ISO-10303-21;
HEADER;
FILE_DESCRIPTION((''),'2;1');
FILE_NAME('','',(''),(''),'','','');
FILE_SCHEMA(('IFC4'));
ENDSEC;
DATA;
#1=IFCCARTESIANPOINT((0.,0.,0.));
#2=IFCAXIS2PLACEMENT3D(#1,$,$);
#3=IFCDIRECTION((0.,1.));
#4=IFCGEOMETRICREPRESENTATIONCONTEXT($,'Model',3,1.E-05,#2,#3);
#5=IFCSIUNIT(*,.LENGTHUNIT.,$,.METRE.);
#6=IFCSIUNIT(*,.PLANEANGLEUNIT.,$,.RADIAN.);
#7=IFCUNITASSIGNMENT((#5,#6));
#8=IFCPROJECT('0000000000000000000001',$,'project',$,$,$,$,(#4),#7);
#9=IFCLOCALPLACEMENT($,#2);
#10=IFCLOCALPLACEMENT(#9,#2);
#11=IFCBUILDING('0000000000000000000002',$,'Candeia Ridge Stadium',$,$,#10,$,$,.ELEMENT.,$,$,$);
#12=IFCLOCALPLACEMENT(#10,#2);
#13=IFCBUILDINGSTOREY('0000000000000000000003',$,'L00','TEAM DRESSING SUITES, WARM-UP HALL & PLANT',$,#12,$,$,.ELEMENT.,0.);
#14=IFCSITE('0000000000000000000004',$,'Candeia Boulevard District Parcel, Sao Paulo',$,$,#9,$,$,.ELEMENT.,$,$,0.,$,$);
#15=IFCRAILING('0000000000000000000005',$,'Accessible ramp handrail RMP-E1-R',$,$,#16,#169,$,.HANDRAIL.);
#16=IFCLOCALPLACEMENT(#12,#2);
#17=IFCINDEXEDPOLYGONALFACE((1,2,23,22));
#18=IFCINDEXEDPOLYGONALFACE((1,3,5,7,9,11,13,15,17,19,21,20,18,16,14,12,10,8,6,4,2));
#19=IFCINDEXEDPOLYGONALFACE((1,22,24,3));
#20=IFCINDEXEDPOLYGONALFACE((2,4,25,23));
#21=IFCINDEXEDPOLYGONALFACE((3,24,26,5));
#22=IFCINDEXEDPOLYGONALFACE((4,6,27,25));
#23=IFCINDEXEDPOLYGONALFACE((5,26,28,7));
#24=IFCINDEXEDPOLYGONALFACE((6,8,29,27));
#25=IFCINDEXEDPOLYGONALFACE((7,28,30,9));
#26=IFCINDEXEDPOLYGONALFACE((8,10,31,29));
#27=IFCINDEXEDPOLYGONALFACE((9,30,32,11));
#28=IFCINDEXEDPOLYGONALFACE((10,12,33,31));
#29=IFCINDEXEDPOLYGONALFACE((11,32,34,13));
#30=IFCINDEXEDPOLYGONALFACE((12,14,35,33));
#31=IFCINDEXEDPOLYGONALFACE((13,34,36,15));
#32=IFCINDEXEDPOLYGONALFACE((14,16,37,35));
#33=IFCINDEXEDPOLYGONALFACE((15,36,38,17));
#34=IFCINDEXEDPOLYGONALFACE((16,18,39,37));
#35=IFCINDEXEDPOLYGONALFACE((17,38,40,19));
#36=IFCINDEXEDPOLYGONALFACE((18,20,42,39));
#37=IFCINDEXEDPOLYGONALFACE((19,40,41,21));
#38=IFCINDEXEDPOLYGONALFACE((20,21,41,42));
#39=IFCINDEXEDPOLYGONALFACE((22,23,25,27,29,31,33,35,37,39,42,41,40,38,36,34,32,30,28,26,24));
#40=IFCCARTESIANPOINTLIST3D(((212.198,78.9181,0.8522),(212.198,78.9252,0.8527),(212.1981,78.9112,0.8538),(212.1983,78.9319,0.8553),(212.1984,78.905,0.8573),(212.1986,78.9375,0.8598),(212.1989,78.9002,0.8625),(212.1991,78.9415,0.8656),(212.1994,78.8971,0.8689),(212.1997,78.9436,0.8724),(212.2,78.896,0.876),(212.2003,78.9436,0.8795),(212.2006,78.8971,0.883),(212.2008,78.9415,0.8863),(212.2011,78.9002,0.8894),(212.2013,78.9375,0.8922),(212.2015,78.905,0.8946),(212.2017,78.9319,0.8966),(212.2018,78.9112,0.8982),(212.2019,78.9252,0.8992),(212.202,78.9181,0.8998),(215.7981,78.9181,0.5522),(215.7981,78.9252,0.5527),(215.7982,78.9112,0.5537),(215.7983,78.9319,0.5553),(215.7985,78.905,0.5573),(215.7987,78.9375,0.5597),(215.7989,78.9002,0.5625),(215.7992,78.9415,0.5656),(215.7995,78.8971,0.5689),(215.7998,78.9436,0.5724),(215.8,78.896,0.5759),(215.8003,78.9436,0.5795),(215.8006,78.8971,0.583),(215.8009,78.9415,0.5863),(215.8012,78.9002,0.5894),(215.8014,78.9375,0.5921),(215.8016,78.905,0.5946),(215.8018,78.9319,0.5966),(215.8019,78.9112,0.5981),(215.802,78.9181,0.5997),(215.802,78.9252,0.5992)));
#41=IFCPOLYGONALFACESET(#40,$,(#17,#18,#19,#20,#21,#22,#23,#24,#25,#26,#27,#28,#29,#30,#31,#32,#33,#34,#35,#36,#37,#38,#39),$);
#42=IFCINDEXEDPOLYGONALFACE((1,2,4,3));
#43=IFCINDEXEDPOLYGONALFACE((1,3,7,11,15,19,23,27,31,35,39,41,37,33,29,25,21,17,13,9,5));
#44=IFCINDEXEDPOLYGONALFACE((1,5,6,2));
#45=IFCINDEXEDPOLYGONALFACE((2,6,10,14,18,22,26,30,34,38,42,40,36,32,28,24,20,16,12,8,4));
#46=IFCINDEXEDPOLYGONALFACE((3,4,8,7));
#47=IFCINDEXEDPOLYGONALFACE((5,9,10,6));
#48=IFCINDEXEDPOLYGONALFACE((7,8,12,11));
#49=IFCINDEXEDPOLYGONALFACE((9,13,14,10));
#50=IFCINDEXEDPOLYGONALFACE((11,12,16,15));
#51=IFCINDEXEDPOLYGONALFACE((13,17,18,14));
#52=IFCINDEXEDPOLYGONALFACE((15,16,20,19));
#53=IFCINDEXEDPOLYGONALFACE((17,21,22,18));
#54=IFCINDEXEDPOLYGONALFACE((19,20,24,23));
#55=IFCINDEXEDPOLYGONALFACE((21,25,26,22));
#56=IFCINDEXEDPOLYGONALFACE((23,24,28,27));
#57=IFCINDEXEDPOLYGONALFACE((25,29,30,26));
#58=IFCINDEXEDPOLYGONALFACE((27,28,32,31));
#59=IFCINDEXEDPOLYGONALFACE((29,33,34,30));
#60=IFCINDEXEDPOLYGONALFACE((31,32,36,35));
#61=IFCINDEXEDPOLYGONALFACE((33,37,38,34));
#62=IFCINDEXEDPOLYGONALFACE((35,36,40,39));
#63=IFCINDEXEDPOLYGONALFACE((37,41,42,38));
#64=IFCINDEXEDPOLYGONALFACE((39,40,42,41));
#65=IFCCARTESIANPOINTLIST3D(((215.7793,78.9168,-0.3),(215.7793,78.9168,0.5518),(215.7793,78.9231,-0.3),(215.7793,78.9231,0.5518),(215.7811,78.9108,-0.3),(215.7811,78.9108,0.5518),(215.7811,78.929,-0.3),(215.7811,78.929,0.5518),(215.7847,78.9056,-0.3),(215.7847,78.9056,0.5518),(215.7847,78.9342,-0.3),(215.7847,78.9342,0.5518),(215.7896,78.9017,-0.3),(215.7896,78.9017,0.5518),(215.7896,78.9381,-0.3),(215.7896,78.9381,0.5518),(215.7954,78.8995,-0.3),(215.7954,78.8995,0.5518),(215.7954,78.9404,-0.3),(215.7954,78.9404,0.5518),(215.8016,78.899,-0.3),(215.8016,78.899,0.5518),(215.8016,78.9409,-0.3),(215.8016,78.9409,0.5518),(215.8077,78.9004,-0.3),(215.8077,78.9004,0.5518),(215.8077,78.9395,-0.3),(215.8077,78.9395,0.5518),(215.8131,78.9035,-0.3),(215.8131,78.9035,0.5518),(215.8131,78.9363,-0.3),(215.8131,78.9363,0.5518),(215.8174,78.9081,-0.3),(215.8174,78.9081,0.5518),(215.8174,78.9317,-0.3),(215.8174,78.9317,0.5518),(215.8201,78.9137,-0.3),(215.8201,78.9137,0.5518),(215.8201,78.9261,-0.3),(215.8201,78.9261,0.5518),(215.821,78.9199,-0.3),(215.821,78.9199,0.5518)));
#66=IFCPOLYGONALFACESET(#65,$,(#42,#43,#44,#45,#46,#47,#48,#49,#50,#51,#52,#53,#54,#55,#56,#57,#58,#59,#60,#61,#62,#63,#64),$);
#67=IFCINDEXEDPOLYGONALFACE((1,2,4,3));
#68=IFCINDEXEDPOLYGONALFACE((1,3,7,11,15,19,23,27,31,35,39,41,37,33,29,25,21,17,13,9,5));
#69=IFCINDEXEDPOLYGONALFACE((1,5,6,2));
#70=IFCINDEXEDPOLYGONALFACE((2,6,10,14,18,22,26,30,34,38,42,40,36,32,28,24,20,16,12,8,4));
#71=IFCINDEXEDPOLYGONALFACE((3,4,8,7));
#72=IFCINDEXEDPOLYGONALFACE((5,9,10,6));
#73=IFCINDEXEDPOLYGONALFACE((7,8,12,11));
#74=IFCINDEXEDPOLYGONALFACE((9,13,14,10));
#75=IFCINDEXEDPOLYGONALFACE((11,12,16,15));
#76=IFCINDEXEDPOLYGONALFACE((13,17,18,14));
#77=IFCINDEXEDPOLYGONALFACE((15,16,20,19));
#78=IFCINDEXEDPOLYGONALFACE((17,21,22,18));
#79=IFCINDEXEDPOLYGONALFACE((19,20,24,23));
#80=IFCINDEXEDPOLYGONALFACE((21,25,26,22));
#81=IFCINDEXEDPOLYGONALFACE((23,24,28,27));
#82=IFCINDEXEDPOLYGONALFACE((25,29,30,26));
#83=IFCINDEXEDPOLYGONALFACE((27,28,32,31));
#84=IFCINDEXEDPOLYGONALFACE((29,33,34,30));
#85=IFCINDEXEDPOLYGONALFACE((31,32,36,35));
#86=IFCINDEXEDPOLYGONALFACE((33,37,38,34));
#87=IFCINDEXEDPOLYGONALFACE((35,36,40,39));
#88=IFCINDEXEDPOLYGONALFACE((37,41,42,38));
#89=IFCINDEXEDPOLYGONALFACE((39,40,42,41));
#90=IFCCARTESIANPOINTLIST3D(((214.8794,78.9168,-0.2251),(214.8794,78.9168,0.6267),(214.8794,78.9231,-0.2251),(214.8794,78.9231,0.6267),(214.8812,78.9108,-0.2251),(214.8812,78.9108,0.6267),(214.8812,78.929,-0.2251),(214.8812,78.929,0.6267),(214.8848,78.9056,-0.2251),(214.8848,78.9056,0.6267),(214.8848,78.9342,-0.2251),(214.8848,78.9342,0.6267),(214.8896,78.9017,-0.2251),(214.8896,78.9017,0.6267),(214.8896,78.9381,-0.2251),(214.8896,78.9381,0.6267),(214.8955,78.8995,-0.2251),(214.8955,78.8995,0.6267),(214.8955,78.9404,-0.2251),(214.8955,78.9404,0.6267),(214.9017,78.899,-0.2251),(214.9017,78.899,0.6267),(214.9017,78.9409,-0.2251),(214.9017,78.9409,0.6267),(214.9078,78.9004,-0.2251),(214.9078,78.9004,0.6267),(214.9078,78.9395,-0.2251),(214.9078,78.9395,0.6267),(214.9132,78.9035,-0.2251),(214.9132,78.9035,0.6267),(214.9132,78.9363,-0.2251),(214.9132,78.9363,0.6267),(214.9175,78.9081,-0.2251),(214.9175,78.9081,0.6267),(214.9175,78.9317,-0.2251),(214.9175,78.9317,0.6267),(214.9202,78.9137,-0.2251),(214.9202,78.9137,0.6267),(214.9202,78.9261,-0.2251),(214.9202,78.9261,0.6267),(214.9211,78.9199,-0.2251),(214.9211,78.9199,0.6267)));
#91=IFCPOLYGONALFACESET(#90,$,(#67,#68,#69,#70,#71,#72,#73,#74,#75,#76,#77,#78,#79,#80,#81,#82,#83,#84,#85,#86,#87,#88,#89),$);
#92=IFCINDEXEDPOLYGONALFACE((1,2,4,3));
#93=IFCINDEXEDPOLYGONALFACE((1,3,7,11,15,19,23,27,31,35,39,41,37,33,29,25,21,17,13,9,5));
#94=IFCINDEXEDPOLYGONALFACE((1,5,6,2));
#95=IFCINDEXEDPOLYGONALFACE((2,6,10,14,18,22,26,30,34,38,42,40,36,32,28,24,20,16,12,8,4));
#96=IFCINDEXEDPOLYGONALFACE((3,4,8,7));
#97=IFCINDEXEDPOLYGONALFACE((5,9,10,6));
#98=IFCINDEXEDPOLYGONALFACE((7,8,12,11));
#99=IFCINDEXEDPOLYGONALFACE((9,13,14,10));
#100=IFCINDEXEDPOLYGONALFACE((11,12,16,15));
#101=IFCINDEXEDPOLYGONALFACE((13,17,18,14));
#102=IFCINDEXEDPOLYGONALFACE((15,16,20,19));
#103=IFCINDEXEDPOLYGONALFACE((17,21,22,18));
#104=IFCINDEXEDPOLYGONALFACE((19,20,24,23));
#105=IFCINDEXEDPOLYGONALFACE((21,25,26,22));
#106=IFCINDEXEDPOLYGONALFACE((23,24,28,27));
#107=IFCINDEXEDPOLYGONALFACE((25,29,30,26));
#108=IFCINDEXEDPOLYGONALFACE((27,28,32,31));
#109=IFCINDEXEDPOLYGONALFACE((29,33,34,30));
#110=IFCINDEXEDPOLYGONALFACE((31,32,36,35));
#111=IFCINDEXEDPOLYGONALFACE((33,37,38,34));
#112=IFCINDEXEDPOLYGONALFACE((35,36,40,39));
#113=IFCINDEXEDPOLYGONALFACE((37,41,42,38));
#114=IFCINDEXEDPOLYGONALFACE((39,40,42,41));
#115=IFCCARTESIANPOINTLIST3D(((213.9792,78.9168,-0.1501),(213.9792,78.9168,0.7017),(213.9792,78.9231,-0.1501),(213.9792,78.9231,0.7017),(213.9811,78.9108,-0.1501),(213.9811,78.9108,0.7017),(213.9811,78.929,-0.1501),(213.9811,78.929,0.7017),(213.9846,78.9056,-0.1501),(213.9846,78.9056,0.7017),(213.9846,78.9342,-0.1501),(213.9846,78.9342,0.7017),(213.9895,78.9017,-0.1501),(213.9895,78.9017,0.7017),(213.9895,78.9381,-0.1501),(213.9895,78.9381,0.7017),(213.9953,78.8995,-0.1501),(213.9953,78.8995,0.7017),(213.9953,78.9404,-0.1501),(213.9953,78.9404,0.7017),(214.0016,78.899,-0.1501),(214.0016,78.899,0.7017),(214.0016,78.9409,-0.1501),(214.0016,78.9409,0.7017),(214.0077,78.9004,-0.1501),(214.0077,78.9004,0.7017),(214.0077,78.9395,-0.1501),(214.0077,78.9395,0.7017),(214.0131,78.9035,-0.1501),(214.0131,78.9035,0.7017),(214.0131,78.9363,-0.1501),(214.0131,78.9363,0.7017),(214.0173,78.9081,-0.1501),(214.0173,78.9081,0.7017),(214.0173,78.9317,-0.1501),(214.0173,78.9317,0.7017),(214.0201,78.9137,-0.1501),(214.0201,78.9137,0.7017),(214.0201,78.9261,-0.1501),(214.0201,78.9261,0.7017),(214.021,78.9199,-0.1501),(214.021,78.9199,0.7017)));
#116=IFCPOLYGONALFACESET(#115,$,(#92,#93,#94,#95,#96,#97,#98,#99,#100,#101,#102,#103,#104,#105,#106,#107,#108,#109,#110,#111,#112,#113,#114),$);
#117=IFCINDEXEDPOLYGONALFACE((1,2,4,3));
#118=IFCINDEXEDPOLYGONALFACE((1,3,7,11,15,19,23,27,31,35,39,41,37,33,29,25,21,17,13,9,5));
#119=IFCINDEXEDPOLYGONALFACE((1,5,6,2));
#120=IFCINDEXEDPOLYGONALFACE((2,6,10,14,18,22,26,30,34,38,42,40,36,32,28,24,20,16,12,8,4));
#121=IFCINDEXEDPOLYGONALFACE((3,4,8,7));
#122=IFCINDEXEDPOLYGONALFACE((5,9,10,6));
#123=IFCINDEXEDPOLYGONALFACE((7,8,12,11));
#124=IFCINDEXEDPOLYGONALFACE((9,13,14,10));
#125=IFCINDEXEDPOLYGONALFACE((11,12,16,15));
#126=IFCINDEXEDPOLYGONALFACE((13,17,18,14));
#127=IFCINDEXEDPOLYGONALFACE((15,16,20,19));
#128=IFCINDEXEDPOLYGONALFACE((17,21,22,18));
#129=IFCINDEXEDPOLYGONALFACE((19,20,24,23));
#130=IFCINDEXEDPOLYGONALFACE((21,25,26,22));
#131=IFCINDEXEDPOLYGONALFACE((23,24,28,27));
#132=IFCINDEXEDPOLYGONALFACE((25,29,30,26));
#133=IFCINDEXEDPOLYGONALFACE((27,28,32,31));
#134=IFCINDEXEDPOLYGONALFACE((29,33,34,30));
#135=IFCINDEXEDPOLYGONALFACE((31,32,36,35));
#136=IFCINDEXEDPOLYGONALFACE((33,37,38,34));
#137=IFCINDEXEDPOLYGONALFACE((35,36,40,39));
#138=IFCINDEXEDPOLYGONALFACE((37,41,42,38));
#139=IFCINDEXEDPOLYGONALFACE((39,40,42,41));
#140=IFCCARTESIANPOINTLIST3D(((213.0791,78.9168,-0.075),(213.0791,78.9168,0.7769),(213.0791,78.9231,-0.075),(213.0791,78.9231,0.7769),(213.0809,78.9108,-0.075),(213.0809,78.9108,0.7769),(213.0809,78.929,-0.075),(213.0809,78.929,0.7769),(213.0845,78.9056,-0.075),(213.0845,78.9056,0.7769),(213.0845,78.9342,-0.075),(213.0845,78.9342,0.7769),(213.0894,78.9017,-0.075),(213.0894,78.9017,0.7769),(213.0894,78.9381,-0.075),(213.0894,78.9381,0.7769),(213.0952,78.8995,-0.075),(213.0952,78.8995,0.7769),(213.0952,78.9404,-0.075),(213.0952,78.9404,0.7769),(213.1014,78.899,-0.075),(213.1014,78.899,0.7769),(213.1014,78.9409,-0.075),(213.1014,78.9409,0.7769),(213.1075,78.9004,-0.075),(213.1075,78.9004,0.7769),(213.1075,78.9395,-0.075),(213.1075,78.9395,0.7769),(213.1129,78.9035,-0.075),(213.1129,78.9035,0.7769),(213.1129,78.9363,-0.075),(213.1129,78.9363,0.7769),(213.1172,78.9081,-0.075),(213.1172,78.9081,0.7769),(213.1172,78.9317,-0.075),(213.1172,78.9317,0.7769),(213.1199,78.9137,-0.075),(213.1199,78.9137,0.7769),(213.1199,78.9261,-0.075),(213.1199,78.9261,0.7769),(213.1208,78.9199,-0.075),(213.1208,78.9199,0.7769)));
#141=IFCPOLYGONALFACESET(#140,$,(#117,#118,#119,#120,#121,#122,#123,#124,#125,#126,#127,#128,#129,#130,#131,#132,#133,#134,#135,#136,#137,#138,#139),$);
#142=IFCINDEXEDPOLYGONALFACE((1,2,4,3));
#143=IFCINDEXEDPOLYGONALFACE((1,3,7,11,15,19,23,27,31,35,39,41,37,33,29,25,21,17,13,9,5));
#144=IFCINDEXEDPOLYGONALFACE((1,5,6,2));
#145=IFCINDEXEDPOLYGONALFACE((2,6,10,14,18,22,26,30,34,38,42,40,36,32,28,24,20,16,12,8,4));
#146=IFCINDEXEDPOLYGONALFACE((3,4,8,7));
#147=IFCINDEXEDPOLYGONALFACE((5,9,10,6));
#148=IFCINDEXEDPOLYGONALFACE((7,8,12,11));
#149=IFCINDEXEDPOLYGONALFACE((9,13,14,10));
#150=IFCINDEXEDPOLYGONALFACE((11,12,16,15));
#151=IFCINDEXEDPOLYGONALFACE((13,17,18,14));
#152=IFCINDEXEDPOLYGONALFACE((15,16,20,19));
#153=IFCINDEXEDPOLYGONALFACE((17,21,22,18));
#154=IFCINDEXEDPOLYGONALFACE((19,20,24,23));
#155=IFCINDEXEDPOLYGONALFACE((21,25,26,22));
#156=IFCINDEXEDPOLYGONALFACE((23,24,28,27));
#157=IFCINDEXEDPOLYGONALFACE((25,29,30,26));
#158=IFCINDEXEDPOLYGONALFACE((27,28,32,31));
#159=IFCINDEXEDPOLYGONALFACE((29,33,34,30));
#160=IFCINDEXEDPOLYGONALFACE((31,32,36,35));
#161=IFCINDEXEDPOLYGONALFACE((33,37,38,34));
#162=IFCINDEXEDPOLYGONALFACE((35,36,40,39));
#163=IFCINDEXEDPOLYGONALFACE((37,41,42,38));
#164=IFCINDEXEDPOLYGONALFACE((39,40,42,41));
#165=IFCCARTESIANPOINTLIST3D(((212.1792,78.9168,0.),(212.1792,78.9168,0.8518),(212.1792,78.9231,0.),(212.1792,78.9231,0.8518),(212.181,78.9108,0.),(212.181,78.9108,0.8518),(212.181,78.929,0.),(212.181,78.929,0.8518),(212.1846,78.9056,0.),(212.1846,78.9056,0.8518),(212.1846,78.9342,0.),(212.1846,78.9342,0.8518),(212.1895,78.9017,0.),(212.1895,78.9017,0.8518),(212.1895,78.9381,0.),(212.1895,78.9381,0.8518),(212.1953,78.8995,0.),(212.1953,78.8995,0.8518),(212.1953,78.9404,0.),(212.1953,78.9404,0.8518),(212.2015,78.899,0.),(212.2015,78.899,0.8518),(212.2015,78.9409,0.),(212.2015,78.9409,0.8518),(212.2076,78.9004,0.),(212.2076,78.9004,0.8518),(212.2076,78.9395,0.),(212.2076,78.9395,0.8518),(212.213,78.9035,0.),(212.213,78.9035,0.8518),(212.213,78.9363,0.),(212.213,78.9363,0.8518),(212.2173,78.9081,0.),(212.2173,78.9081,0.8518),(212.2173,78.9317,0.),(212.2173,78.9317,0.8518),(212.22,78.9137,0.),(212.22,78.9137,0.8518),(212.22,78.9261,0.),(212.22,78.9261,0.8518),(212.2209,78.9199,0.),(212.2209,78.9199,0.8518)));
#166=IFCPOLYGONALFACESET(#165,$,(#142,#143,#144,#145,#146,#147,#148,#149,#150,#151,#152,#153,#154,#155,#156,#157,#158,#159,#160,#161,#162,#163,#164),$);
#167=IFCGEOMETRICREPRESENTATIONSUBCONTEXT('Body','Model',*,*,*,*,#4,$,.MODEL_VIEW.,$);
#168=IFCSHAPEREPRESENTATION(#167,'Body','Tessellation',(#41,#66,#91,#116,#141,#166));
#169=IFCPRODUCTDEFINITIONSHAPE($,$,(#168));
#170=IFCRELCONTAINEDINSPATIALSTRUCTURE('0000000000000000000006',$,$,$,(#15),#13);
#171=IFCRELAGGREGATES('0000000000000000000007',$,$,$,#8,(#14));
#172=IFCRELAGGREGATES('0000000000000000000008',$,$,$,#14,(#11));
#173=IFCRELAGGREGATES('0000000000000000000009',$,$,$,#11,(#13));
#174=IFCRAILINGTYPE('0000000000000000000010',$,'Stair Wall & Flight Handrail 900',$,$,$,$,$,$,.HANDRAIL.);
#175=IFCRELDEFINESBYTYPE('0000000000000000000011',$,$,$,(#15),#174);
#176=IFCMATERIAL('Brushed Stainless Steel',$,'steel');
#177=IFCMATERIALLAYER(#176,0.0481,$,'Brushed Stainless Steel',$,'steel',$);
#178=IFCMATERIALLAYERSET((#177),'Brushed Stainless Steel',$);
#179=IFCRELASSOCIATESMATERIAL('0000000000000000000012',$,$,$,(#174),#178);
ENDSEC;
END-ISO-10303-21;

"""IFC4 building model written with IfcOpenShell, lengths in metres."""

from ifc_helpers import new_model, si_unit, direction, frame, origin, origin_2d, place, context, subcontext, project, spatial, circle, extrude, material, layer, layer_set, type_object, element, save


model = new_model("IFC4")

# Units and contexts
model_context = context("Model", 3, precision=1e-05, world=origin(), true_north=direction((0.0, 1.0)))
body_context = subcontext(model_context, "Body", "Model", "MODEL_VIEW")
ifc_project = project(units=[si_unit("LENGTHUNIT", "METRE"), si_unit("PLANEANGLEUNIT", "RADIAN")], contexts=[model_context])

# Site, building, storey
site_placement = place(None, origin())
site = spatial("IfcSite", under=ifc_project, at=site_placement, Name="Candeia Boulevard District Parcel, Sao Paulo", CompositionType="ELEMENT", RefElevation=0.0)
building_placement = place(site_placement, origin())
building = spatial("IfcBuilding", under=site, at=building_placement, Name="Candeia Ridge Stadium", CompositionType="ELEMENT")
storey_placement = place(building_placement, origin())
storey = spatial("IfcBuildingStorey", under=building, at=storey_placement, Name="L00", Description="TEAM DRESSING SUITES, WARM-UP HALL & PLANT", CompositionType="ELEMENT", Elevation=0.0)

# Railing
ifc_material_1 = material(Name="Brushed Stainless Steel", Category="steel")
ifc_layer_1 = layer(ifc_material_1, 0.0481, Name="Brushed Stainless Steel", Category="steel")
ifc_layer_set_1 = layer_set([ifc_layer_1], Name="Brushed Stainless Steel")
railing_type_1 = type_object("IfcRailingType", Name="Stair Wall & Flight Handrail 900", PredefinedType="HANDRAIL", material=ifc_layer_set_1)
railing_1_placement = place(storey_placement, frame((215.8, 78.9199, -0.3)))
element("IfcRailing", 1, at=railing_1_placement, inside=storey, type_object=railing_type_1, Name="Accessible ramp handrail RMP-E1-R", PredefinedType="HANDRAIL", context=body_context, shape_type="SweptSolid", body=[
    extrude(circle(Radius=0.0239, at=origin_2d()), frame((0.0, 0.0, 0.876), z_axis=(-0.996545, 0.0, 0.083057), x_axis=(0.0, -1.0, 0.0)), (0.0, 0.0, 1.0), 3.6125),
    extrude(circle(Radius=0.021, at=origin_2d()), origin(), (0.0, 0.0, 1.0), 0.8518),
    extrude(circle(Radius=0.021, at=origin_2d()), frame((-0.8999, 0.0, 0.075)), (0.0, 0.0, 1.0), 0.8518),
    extrude(circle(Radius=0.021, at=origin_2d()), frame((-1.8, 0.0, 0.1499)), (0.0, 0.0, 1.0), 0.8518),
    extrude(circle(Radius=0.021, at=origin_2d()), frame((-2.7002, 0.0, 0.2251)), (0.0, 0.0, 1.0), 0.8518),
    extrude(circle(Radius=0.021, at=origin_2d()), frame((-3.6001, 0.0, 0.3)), (0.0, 0.0, 1.0), 0.8518),
])

save(model, "model.ifc")
